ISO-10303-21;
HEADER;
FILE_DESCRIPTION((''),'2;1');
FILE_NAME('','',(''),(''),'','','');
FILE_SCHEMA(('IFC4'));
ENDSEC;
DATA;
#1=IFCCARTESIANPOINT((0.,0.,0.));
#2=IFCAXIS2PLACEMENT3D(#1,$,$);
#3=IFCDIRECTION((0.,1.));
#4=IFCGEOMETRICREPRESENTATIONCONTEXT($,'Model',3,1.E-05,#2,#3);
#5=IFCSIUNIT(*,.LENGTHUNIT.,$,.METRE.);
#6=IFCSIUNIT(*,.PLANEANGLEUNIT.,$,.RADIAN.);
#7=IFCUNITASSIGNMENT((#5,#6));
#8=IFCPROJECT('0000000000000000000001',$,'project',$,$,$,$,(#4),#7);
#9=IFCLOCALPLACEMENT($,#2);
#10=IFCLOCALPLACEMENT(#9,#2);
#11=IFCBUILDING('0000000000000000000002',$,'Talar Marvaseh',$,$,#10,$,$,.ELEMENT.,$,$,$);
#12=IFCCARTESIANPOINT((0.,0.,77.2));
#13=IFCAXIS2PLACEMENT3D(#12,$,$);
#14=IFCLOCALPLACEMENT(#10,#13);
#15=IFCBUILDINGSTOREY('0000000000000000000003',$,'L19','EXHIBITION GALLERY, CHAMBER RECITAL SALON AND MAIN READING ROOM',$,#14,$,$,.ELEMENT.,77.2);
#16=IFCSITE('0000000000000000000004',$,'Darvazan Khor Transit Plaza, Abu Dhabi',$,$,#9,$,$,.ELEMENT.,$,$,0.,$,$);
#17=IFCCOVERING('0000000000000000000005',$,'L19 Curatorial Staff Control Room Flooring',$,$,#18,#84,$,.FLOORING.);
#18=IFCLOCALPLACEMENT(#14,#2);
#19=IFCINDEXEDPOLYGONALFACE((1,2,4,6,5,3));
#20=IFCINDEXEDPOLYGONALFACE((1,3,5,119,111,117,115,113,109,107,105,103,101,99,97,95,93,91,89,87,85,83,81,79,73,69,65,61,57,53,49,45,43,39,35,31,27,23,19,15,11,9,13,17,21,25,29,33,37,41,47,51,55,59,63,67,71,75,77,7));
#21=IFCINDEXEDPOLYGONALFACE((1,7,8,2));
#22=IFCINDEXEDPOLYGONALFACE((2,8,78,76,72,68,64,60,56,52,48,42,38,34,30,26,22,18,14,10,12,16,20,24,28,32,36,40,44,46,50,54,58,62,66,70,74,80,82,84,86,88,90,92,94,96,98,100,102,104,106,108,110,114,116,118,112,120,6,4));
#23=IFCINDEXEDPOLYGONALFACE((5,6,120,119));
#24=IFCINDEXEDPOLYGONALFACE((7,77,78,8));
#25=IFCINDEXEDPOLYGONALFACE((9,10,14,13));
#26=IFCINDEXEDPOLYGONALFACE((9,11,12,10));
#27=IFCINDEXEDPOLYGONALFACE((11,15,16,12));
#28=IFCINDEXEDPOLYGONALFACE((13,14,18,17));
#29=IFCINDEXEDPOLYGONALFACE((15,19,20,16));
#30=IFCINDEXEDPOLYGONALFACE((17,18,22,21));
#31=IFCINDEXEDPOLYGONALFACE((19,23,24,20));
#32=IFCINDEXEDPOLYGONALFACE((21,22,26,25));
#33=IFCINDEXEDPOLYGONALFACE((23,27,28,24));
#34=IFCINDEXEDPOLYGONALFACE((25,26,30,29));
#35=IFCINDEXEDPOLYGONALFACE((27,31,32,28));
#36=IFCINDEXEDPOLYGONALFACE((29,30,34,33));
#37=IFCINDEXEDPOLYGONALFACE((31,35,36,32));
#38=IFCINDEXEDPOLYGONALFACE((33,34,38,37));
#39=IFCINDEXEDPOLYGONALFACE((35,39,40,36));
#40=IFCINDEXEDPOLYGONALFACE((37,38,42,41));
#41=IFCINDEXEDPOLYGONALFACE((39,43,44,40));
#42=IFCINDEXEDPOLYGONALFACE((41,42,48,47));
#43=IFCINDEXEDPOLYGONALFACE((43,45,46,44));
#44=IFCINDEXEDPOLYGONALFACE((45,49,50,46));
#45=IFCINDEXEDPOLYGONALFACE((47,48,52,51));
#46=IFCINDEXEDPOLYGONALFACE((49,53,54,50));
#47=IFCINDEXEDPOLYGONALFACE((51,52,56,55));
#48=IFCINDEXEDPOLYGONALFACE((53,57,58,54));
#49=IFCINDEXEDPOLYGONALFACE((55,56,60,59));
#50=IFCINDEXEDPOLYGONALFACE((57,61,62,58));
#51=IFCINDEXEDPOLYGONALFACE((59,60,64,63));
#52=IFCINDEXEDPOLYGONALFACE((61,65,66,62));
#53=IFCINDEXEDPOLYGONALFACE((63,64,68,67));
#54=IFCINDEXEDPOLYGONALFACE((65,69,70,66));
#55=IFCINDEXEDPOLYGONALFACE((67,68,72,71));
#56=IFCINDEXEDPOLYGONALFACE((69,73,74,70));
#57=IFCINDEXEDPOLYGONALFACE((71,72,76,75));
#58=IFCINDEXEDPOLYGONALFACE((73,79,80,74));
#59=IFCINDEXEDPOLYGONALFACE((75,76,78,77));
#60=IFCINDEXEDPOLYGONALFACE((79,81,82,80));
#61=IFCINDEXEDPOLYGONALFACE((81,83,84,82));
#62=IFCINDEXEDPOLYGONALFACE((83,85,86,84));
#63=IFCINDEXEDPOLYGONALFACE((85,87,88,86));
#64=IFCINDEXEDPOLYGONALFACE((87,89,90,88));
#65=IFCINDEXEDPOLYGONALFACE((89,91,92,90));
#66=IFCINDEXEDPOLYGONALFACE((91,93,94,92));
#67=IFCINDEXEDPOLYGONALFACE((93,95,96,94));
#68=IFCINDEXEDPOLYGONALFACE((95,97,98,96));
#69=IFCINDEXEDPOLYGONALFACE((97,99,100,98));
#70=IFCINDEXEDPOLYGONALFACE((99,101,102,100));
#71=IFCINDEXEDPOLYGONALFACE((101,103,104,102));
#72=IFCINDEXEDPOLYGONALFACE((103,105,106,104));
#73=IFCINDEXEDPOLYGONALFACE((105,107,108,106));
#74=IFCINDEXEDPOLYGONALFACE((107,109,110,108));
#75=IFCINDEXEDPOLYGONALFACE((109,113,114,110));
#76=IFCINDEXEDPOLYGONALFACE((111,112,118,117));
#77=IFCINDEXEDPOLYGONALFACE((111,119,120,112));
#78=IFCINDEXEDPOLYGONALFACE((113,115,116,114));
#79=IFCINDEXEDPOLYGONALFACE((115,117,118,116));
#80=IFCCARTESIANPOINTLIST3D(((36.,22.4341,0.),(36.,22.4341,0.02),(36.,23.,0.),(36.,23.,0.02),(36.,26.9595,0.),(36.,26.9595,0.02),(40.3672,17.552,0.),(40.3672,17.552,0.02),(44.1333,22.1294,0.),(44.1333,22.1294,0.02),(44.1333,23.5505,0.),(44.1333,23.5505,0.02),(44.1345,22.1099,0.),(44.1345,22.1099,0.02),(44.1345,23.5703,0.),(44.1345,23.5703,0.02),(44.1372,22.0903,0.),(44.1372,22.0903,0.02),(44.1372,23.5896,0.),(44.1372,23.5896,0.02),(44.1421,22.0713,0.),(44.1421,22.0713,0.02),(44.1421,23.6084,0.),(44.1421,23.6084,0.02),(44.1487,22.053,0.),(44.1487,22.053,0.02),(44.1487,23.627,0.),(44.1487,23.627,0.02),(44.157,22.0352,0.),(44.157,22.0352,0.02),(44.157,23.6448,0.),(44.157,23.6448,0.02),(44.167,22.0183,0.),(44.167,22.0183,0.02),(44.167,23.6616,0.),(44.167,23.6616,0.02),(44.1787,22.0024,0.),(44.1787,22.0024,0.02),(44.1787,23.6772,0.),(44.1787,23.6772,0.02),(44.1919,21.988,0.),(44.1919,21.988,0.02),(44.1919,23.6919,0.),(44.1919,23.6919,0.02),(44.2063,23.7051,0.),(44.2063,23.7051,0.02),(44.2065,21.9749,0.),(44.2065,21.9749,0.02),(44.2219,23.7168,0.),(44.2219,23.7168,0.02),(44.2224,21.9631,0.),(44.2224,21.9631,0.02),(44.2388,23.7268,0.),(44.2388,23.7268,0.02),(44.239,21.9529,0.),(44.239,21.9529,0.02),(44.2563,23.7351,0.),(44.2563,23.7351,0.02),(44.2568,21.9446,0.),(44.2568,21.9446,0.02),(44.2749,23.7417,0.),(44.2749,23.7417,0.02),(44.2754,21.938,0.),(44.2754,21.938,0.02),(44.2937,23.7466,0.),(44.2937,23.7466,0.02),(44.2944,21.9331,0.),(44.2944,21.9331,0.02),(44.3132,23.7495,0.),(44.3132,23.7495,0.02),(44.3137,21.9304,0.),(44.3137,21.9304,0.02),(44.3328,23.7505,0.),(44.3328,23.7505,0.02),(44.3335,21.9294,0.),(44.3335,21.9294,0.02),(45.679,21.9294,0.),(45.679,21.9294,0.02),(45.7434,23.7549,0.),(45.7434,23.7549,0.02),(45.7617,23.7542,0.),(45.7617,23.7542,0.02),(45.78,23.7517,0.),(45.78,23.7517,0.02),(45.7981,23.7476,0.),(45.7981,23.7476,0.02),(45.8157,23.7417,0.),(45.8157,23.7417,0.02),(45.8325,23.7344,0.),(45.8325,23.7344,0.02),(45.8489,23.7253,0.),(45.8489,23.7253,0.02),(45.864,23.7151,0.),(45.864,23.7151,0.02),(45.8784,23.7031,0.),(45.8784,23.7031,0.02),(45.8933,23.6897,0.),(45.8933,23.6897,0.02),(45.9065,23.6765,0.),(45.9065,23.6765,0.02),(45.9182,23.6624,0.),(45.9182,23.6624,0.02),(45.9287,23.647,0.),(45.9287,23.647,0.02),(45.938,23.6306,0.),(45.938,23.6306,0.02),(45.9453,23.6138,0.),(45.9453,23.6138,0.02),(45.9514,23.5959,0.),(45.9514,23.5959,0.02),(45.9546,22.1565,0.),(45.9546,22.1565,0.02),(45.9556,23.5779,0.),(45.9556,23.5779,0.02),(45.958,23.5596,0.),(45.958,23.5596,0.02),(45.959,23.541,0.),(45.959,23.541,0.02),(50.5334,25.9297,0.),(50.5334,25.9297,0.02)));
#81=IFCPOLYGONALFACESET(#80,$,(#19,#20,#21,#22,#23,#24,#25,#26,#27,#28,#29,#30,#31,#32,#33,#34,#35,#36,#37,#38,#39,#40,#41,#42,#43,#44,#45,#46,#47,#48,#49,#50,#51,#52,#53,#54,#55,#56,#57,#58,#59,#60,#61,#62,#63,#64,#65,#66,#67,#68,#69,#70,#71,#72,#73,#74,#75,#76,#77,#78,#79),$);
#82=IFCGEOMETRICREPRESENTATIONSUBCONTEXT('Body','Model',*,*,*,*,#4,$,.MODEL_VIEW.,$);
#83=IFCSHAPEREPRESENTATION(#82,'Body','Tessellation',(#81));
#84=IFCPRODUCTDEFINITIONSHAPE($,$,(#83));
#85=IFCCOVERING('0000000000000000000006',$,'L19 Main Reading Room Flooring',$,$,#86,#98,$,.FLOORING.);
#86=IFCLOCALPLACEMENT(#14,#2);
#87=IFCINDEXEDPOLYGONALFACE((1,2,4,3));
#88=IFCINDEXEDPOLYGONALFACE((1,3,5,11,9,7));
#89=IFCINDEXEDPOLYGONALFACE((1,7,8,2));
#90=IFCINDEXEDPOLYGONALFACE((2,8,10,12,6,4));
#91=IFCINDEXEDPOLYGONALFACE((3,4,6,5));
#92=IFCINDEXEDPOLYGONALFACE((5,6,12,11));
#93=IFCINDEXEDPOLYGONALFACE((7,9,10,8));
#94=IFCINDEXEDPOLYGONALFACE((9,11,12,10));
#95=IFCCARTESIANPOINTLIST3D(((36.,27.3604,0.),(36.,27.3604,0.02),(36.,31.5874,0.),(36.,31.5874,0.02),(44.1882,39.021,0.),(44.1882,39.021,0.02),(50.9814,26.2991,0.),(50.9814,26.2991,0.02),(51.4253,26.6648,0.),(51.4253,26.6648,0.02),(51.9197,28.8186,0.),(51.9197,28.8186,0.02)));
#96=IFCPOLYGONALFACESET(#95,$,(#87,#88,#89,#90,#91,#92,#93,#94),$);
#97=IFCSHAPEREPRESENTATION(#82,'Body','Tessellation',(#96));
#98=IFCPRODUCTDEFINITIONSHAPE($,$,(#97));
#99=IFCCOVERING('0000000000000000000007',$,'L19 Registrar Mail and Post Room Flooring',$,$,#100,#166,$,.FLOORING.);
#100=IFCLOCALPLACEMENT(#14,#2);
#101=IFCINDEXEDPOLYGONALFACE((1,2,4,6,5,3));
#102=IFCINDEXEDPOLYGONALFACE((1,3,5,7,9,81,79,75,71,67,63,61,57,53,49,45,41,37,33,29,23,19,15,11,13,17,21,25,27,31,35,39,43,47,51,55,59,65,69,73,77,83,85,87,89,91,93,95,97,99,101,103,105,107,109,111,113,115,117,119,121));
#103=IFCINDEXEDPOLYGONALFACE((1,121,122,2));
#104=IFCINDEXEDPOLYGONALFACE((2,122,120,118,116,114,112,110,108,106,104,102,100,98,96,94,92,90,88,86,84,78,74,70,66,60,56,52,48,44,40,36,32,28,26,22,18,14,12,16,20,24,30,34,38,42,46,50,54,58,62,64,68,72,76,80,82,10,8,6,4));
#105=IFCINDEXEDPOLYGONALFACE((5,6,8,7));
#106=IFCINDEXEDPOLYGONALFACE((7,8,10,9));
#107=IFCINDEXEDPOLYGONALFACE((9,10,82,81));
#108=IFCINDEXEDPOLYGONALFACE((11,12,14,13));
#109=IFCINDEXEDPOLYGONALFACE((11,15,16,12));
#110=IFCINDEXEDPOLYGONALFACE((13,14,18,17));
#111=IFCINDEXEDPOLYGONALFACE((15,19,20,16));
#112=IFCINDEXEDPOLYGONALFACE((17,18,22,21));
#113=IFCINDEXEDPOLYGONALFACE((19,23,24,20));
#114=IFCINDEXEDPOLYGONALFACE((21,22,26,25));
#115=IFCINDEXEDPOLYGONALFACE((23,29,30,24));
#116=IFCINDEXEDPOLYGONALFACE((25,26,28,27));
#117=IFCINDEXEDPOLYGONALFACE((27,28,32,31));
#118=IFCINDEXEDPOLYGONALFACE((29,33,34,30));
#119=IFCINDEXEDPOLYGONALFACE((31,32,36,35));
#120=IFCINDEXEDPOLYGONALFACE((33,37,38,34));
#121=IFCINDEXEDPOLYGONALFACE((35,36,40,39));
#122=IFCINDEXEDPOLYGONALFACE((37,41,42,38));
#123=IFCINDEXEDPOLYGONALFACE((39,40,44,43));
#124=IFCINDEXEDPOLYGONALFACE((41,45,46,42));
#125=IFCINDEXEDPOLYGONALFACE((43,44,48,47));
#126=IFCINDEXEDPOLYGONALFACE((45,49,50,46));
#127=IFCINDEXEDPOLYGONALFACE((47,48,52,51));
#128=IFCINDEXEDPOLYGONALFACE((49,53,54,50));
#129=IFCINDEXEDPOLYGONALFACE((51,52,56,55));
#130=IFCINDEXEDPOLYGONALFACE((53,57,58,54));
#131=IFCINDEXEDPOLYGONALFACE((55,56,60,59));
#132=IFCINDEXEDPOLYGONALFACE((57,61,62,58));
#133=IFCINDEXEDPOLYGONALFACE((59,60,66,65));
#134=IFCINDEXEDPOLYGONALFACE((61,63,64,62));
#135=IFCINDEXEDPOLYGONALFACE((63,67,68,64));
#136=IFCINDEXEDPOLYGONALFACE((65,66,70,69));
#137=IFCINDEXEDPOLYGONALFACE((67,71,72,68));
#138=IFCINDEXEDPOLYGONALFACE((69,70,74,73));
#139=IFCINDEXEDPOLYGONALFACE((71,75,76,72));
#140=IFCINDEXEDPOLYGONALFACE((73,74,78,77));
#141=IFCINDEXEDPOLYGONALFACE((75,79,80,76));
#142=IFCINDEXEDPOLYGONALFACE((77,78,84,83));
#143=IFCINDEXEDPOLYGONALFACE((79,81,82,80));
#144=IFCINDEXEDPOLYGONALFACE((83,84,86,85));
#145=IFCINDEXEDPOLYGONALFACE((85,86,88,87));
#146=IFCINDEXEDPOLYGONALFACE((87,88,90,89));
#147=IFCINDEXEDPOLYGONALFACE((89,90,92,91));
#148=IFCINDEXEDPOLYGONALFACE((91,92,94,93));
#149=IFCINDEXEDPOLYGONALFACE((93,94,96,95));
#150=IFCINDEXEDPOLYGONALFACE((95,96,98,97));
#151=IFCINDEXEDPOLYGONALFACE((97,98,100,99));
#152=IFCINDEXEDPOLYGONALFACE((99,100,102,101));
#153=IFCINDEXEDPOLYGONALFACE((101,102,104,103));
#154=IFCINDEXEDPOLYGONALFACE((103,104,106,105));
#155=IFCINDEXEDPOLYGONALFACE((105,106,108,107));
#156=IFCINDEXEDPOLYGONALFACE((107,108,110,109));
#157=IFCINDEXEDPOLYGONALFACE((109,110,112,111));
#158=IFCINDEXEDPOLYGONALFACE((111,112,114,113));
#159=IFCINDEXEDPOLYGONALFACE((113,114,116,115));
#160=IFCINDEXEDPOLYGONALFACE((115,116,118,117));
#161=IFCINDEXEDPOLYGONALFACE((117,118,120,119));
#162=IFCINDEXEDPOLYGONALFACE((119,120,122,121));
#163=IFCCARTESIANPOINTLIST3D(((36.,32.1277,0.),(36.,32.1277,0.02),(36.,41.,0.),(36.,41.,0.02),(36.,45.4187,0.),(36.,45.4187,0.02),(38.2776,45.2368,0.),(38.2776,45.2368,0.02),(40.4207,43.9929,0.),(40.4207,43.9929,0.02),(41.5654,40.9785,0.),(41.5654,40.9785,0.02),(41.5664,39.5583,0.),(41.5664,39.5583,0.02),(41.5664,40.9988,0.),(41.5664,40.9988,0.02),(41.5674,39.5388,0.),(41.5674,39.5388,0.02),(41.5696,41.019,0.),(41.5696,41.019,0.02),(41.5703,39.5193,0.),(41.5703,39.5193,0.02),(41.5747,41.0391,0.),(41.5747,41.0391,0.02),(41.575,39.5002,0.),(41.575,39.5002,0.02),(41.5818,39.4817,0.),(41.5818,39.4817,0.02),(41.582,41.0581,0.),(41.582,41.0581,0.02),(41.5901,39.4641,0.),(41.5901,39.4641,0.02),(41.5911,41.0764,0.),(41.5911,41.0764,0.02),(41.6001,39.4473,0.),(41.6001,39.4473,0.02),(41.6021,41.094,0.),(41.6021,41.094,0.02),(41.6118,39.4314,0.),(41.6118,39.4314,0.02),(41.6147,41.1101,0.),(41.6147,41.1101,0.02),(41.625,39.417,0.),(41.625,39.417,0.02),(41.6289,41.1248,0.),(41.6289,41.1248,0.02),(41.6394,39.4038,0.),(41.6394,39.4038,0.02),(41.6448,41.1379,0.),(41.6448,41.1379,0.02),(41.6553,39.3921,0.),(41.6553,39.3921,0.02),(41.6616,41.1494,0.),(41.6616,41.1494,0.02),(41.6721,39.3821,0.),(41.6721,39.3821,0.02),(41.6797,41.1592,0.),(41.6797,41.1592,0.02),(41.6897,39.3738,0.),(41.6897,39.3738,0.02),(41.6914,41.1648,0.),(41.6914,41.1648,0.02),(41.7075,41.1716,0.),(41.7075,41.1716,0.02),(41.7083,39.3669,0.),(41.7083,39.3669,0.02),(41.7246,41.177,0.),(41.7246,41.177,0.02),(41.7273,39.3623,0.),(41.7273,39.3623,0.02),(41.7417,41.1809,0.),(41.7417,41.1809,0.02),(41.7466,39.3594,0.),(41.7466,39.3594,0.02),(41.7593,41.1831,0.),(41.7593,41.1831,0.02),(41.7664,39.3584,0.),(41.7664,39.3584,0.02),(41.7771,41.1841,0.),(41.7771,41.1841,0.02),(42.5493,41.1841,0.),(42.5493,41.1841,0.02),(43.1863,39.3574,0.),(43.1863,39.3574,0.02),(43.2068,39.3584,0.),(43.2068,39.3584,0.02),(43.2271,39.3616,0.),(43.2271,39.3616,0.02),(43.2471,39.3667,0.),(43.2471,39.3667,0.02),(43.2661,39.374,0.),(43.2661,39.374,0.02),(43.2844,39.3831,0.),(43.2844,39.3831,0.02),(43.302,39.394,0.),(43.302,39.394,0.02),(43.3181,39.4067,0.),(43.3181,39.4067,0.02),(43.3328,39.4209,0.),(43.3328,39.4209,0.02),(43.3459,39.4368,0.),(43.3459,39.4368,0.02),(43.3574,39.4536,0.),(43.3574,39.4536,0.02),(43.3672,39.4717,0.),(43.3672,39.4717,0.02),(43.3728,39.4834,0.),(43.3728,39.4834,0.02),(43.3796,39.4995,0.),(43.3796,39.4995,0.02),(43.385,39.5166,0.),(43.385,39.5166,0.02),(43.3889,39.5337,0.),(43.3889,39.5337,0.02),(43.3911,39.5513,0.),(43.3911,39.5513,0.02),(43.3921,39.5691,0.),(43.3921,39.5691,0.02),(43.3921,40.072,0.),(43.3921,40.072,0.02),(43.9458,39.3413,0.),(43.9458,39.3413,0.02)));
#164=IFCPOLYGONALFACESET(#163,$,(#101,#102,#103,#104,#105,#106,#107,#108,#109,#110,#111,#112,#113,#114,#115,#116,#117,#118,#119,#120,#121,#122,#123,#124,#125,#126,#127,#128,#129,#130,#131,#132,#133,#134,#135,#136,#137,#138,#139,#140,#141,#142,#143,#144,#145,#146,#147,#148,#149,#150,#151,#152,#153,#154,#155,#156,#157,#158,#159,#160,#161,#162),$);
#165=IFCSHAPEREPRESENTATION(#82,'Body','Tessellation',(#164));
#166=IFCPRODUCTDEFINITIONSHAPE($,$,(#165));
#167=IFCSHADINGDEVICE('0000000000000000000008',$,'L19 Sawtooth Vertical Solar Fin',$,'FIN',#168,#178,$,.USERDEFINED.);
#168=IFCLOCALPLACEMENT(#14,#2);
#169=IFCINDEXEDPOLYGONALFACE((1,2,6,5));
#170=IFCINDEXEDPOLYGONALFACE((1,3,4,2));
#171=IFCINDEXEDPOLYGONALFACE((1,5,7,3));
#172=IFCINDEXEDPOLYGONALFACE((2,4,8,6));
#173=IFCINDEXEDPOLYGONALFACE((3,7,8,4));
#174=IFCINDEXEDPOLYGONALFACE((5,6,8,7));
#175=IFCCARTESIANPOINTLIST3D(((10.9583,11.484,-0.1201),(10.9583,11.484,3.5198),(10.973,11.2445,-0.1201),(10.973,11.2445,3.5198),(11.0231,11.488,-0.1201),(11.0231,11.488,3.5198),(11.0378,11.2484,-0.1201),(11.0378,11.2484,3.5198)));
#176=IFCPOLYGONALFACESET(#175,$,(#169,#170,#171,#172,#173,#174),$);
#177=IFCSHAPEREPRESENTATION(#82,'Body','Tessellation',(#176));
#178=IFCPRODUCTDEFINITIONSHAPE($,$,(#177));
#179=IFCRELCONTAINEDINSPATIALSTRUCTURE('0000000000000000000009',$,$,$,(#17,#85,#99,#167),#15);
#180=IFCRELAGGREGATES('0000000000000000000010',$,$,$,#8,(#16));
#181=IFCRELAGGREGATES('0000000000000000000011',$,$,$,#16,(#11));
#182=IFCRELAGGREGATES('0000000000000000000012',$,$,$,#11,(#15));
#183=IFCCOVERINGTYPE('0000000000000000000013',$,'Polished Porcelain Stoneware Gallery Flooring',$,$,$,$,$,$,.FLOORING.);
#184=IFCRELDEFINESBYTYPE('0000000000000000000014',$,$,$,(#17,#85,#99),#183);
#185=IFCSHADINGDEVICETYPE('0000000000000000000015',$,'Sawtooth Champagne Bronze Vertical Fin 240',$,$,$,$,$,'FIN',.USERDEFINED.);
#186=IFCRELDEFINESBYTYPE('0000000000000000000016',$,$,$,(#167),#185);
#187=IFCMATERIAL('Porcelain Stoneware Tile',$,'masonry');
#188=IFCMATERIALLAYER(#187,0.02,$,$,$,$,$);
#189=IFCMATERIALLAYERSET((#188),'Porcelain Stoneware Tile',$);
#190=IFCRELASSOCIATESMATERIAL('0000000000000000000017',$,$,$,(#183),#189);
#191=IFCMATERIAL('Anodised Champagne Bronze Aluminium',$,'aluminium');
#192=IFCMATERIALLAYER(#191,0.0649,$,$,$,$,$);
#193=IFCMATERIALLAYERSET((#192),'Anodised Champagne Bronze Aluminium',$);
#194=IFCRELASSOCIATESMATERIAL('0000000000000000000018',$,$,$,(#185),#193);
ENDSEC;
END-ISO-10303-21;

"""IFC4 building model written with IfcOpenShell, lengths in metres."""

from ifc_helpers import new_model, si_unit, direction, frame, origin, origin_2d, place, context, subcontext, project, spatial, polyline, rectangle, outline, extrude, source, transform, mapped, material, layer, layer_set, type_object, type_shapes, element, save


model = new_model("IFC4")

# Units and contexts
model_context = context("Model", 3, precision=1e-05, world=origin(), true_north=direction((0.0, 1.0)))
body_context = subcontext(model_context, "Body", "Model", "MODEL_VIEW")
ifc_project = project(units=[si_unit("LENGTHUNIT", "METRE"), si_unit("PLANEANGLEUNIT", "RADIAN")], contexts=[model_context])

# Site, building, storey
site_placement = place(None, origin())
site = spatial("IfcSite", under=ifc_project, at=site_placement, Name="Darvazan Khor Transit Plaza, Abu Dhabi", CompositionType="ELEMENT", RefElevation=0.0)
building_placement = place(site_placement, origin())
building = spatial("IfcBuilding", under=site, at=building_placement, Name="Talar Marvaseh", CompositionType="ELEMENT")
storey_placement = place(building_placement, frame((0.0, 0.0, 77.2)))
storey = spatial("IfcBuildingStorey", under=building, at=storey_placement, Name="L19", Description="EXHIBITION GALLERY, CHAMBER RECITAL SALON AND MAIN READING ROOM", CompositionType="ELEMENT", Elevation=77.2)

# Coverings
ifc_material_1 = material(Name="Porcelain Stoneware Tile", Category="masonry")
ifc_layer_1 = layer(ifc_material_1, 0.02)
ifc_layer_set_1 = layer_set([ifc_layer_1], Name="Porcelain Stoneware Tile")
covering_type_1 = type_object("IfcCoveringType", Name="Polished Porcelain Stoneware Gallery Flooring", PredefinedType="FLOORING", material=ifc_layer_set_1)
covering_1_placement = place(storey_placement, origin())
element("IfcCovering", 1, at=covering_1_placement, inside=storey, type_object=covering_type_1, Name="L19 Curatorial Staff Control Room Flooring", PredefinedType="FLOORING", context=body_context, shape_type="SweptSolid", body=[
    extrude(outline(polyline([(50.5334, 25.9297), (45.9546, 22.1565), (45.959, 23.541), (45.958, 23.5596), (45.9556, 23.5779), (45.9514, 23.5959), (45.9453, 23.6138), (45.938, 23.6306), (45.9287, 23.647), (45.9182, 23.6624), (45.9065, 23.6765), (45.8933, 23.6897), (45.8784, 23.7031), (45.864, 23.7151), (45.8489, 23.7253), (45.8325, 23.7344), (45.8157, 23.7417), (45.7981, 23.7476), (45.78, 23.7517), (45.7617, 23.7542), (45.7434, 23.7549), (44.3328, 23.7505), (44.3132, 23.7495), (44.2937, 23.7466), (44.2749, 23.7417), (44.2563, 23.7351), (44.2388, 23.7268), (44.2219, 23.7168), (44.2063, 23.7051), (44.1919, 23.6919), (44.1787, 23.6772), (44.167, 23.6616), (44.157, 23.6448), (44.1487, 23.627), (44.1421, 23.6084), (44.1372, 23.5896), (44.1345, 23.5703), (44.1333, 23.5505), (44.1333, 22.1294), (44.1345, 22.1099), (44.1372, 22.0903), (44.1421, 22.0713), (44.1487, 22.053), (44.157, 22.0352), (44.167, 22.0183), (44.1787, 22.0024), (44.1919, 21.988), (44.2065, 21.9749), (44.2224, 21.9631), (44.239, 21.9529), (44.2568, 21.9446), (44.2754, 21.938), (44.2944, 21.9331), (44.3137, 21.9304), (44.3335, 21.9294), (45.679, 21.9294), (40.3672, 17.552), (36.0, 22.4341), (36.0, 23.0), (36.0, 26.9595), (50.5334, 25.9297)])), origin(), (0.0, 0.0, 1.0), 0.02),
])
covering_2_placement = place(storey_placement, origin())
element("IfcCovering", 2, at=covering_2_placement, inside=storey, type_object=covering_type_1, Name="L19 Main Reading Room Flooring", PredefinedType="FLOORING", context=body_context, shape_type="SweptSolid", body=[
    extrude(outline(polyline([(36.0, 27.3604), (36.0, 31.5874), (44.1882, 39.021), (51.9197, 28.8186), (51.4253, 26.6648), (50.9814, 26.2991), (36.0, 27.3604)])), origin(), (0.0, 0.0, 1.0), 0.02),
])
covering_3_placement = place(storey_placement, origin())
element("IfcCovering", 3, at=covering_3_placement, inside=storey, type_object=covering_type_1, Name="L19 Registrar Mail and Post Room Flooring", PredefinedType="FLOORING", context=body_context, shape_type="SweptSolid", body=[
    extrude(outline(polyline([(40.4207, 43.9929), (42.5493, 41.1841), (41.7771, 41.1841), (41.7593, 41.1831), (41.7417, 41.1809), (41.7246, 41.177), (41.7075, 41.1716), (41.6914, 41.1648), (41.6797, 41.1592), (41.6616, 41.1494), (41.6448, 41.1379), (41.6289, 41.1248), (41.6147, 41.1101), (41.6021, 41.094), (41.5911, 41.0764), (41.582, 41.0581), (41.5747, 41.0391), (41.5696, 41.019), (41.5664, 40.9988), (41.5654, 40.9785), (41.5664, 39.5583), (41.5674, 39.5388), (41.5703, 39.5193), (41.575, 39.5002), (41.5818, 39.4817), (41.5901, 39.4641), (41.6001, 39.4473), (41.6118, 39.4314), (41.625, 39.417), (41.6394, 39.4038), (41.6553, 39.3921), (41.6721, 39.3821), (41.6897, 39.3738), (41.7083, 39.3669), (41.7273, 39.3623), (41.7466, 39.3594), (41.7664, 39.3584), (43.1863, 39.3574), (43.2068, 39.3584), (43.2271, 39.3616), (43.2471, 39.3667), (43.2661, 39.374), (43.2844, 39.3831), (43.302, 39.394), (43.3181, 39.4067), (43.3328, 39.4209), (43.3459, 39.4368), (43.3574, 39.4536), (43.3672, 39.4717), (43.3728, 39.4834), (43.3796, 39.4995), (43.385, 39.5166), (43.3889, 39.5337), (43.3911, 39.5513), (43.3921, 39.5691), (43.3921, 40.072), (43.9458, 39.3413), (36.0, 32.1277), (36.0, 41.0), (36.0, 45.4187), (38.2776, 45.2368), (40.4207, 43.9929)])), origin(), (0.0, 0.0, 1.0), 0.02),
])

# Shading device
ifc_material_2 = material(Name="Anodised Champagne Bronze Aluminium", Category="aluminium")
ifc_layer_2 = layer(ifc_material_2, 0.0649)
ifc_layer_set_2 = layer_set([ifc_layer_2], Name="Anodised Champagne Bronze Aluminium")
shading_device_type = type_object("IfcShadingDeviceType", Name="Sawtooth Champagne Bronze Vertical Fin 240", ElementType="FIN", PredefinedType="USERDEFINED", material=ifc_layer_set_2)
shared_shape_1 = source(origin(), body_context, "Body", "SweptSolid", [
    extrude(rectangle(XDim=0.24, YDim=0.0649, at=origin_2d()), origin(), (0.0, 0.0, 1.0), 3.6399),
])
type_shapes(shading_device_type, [shared_shape_1])
for number, where, z_axis, x_axis, name in (
    (4, (10.998, 11.3662, -0.1201), (0.0, 0.0, 1.0), (0.061223, -0.998124, 0.0), "L19 Sawtooth Vertical Solar Fin"),
):
    element("IfcShadingDevice", number, at=place(storey_placement, frame(where, z_axis=z_axis, x_axis=x_axis)), inside=storey, type_object=shading_device_type, Name=name, ObjectType="FIN", PredefinedType="USERDEFINED", context=body_context, shape_type="MappedRepresentation", body=[
        mapped(shared_shape_1, transform((0.0, 0.0, 0.0), x_axis=(1.0, 0.0, 0.0), y_axis=(0.0, 1.0, 0.0), z_axis=(0.0, 0.0, 1.0), scale=1.0)),
    ])

save(model, "model.ifc")
